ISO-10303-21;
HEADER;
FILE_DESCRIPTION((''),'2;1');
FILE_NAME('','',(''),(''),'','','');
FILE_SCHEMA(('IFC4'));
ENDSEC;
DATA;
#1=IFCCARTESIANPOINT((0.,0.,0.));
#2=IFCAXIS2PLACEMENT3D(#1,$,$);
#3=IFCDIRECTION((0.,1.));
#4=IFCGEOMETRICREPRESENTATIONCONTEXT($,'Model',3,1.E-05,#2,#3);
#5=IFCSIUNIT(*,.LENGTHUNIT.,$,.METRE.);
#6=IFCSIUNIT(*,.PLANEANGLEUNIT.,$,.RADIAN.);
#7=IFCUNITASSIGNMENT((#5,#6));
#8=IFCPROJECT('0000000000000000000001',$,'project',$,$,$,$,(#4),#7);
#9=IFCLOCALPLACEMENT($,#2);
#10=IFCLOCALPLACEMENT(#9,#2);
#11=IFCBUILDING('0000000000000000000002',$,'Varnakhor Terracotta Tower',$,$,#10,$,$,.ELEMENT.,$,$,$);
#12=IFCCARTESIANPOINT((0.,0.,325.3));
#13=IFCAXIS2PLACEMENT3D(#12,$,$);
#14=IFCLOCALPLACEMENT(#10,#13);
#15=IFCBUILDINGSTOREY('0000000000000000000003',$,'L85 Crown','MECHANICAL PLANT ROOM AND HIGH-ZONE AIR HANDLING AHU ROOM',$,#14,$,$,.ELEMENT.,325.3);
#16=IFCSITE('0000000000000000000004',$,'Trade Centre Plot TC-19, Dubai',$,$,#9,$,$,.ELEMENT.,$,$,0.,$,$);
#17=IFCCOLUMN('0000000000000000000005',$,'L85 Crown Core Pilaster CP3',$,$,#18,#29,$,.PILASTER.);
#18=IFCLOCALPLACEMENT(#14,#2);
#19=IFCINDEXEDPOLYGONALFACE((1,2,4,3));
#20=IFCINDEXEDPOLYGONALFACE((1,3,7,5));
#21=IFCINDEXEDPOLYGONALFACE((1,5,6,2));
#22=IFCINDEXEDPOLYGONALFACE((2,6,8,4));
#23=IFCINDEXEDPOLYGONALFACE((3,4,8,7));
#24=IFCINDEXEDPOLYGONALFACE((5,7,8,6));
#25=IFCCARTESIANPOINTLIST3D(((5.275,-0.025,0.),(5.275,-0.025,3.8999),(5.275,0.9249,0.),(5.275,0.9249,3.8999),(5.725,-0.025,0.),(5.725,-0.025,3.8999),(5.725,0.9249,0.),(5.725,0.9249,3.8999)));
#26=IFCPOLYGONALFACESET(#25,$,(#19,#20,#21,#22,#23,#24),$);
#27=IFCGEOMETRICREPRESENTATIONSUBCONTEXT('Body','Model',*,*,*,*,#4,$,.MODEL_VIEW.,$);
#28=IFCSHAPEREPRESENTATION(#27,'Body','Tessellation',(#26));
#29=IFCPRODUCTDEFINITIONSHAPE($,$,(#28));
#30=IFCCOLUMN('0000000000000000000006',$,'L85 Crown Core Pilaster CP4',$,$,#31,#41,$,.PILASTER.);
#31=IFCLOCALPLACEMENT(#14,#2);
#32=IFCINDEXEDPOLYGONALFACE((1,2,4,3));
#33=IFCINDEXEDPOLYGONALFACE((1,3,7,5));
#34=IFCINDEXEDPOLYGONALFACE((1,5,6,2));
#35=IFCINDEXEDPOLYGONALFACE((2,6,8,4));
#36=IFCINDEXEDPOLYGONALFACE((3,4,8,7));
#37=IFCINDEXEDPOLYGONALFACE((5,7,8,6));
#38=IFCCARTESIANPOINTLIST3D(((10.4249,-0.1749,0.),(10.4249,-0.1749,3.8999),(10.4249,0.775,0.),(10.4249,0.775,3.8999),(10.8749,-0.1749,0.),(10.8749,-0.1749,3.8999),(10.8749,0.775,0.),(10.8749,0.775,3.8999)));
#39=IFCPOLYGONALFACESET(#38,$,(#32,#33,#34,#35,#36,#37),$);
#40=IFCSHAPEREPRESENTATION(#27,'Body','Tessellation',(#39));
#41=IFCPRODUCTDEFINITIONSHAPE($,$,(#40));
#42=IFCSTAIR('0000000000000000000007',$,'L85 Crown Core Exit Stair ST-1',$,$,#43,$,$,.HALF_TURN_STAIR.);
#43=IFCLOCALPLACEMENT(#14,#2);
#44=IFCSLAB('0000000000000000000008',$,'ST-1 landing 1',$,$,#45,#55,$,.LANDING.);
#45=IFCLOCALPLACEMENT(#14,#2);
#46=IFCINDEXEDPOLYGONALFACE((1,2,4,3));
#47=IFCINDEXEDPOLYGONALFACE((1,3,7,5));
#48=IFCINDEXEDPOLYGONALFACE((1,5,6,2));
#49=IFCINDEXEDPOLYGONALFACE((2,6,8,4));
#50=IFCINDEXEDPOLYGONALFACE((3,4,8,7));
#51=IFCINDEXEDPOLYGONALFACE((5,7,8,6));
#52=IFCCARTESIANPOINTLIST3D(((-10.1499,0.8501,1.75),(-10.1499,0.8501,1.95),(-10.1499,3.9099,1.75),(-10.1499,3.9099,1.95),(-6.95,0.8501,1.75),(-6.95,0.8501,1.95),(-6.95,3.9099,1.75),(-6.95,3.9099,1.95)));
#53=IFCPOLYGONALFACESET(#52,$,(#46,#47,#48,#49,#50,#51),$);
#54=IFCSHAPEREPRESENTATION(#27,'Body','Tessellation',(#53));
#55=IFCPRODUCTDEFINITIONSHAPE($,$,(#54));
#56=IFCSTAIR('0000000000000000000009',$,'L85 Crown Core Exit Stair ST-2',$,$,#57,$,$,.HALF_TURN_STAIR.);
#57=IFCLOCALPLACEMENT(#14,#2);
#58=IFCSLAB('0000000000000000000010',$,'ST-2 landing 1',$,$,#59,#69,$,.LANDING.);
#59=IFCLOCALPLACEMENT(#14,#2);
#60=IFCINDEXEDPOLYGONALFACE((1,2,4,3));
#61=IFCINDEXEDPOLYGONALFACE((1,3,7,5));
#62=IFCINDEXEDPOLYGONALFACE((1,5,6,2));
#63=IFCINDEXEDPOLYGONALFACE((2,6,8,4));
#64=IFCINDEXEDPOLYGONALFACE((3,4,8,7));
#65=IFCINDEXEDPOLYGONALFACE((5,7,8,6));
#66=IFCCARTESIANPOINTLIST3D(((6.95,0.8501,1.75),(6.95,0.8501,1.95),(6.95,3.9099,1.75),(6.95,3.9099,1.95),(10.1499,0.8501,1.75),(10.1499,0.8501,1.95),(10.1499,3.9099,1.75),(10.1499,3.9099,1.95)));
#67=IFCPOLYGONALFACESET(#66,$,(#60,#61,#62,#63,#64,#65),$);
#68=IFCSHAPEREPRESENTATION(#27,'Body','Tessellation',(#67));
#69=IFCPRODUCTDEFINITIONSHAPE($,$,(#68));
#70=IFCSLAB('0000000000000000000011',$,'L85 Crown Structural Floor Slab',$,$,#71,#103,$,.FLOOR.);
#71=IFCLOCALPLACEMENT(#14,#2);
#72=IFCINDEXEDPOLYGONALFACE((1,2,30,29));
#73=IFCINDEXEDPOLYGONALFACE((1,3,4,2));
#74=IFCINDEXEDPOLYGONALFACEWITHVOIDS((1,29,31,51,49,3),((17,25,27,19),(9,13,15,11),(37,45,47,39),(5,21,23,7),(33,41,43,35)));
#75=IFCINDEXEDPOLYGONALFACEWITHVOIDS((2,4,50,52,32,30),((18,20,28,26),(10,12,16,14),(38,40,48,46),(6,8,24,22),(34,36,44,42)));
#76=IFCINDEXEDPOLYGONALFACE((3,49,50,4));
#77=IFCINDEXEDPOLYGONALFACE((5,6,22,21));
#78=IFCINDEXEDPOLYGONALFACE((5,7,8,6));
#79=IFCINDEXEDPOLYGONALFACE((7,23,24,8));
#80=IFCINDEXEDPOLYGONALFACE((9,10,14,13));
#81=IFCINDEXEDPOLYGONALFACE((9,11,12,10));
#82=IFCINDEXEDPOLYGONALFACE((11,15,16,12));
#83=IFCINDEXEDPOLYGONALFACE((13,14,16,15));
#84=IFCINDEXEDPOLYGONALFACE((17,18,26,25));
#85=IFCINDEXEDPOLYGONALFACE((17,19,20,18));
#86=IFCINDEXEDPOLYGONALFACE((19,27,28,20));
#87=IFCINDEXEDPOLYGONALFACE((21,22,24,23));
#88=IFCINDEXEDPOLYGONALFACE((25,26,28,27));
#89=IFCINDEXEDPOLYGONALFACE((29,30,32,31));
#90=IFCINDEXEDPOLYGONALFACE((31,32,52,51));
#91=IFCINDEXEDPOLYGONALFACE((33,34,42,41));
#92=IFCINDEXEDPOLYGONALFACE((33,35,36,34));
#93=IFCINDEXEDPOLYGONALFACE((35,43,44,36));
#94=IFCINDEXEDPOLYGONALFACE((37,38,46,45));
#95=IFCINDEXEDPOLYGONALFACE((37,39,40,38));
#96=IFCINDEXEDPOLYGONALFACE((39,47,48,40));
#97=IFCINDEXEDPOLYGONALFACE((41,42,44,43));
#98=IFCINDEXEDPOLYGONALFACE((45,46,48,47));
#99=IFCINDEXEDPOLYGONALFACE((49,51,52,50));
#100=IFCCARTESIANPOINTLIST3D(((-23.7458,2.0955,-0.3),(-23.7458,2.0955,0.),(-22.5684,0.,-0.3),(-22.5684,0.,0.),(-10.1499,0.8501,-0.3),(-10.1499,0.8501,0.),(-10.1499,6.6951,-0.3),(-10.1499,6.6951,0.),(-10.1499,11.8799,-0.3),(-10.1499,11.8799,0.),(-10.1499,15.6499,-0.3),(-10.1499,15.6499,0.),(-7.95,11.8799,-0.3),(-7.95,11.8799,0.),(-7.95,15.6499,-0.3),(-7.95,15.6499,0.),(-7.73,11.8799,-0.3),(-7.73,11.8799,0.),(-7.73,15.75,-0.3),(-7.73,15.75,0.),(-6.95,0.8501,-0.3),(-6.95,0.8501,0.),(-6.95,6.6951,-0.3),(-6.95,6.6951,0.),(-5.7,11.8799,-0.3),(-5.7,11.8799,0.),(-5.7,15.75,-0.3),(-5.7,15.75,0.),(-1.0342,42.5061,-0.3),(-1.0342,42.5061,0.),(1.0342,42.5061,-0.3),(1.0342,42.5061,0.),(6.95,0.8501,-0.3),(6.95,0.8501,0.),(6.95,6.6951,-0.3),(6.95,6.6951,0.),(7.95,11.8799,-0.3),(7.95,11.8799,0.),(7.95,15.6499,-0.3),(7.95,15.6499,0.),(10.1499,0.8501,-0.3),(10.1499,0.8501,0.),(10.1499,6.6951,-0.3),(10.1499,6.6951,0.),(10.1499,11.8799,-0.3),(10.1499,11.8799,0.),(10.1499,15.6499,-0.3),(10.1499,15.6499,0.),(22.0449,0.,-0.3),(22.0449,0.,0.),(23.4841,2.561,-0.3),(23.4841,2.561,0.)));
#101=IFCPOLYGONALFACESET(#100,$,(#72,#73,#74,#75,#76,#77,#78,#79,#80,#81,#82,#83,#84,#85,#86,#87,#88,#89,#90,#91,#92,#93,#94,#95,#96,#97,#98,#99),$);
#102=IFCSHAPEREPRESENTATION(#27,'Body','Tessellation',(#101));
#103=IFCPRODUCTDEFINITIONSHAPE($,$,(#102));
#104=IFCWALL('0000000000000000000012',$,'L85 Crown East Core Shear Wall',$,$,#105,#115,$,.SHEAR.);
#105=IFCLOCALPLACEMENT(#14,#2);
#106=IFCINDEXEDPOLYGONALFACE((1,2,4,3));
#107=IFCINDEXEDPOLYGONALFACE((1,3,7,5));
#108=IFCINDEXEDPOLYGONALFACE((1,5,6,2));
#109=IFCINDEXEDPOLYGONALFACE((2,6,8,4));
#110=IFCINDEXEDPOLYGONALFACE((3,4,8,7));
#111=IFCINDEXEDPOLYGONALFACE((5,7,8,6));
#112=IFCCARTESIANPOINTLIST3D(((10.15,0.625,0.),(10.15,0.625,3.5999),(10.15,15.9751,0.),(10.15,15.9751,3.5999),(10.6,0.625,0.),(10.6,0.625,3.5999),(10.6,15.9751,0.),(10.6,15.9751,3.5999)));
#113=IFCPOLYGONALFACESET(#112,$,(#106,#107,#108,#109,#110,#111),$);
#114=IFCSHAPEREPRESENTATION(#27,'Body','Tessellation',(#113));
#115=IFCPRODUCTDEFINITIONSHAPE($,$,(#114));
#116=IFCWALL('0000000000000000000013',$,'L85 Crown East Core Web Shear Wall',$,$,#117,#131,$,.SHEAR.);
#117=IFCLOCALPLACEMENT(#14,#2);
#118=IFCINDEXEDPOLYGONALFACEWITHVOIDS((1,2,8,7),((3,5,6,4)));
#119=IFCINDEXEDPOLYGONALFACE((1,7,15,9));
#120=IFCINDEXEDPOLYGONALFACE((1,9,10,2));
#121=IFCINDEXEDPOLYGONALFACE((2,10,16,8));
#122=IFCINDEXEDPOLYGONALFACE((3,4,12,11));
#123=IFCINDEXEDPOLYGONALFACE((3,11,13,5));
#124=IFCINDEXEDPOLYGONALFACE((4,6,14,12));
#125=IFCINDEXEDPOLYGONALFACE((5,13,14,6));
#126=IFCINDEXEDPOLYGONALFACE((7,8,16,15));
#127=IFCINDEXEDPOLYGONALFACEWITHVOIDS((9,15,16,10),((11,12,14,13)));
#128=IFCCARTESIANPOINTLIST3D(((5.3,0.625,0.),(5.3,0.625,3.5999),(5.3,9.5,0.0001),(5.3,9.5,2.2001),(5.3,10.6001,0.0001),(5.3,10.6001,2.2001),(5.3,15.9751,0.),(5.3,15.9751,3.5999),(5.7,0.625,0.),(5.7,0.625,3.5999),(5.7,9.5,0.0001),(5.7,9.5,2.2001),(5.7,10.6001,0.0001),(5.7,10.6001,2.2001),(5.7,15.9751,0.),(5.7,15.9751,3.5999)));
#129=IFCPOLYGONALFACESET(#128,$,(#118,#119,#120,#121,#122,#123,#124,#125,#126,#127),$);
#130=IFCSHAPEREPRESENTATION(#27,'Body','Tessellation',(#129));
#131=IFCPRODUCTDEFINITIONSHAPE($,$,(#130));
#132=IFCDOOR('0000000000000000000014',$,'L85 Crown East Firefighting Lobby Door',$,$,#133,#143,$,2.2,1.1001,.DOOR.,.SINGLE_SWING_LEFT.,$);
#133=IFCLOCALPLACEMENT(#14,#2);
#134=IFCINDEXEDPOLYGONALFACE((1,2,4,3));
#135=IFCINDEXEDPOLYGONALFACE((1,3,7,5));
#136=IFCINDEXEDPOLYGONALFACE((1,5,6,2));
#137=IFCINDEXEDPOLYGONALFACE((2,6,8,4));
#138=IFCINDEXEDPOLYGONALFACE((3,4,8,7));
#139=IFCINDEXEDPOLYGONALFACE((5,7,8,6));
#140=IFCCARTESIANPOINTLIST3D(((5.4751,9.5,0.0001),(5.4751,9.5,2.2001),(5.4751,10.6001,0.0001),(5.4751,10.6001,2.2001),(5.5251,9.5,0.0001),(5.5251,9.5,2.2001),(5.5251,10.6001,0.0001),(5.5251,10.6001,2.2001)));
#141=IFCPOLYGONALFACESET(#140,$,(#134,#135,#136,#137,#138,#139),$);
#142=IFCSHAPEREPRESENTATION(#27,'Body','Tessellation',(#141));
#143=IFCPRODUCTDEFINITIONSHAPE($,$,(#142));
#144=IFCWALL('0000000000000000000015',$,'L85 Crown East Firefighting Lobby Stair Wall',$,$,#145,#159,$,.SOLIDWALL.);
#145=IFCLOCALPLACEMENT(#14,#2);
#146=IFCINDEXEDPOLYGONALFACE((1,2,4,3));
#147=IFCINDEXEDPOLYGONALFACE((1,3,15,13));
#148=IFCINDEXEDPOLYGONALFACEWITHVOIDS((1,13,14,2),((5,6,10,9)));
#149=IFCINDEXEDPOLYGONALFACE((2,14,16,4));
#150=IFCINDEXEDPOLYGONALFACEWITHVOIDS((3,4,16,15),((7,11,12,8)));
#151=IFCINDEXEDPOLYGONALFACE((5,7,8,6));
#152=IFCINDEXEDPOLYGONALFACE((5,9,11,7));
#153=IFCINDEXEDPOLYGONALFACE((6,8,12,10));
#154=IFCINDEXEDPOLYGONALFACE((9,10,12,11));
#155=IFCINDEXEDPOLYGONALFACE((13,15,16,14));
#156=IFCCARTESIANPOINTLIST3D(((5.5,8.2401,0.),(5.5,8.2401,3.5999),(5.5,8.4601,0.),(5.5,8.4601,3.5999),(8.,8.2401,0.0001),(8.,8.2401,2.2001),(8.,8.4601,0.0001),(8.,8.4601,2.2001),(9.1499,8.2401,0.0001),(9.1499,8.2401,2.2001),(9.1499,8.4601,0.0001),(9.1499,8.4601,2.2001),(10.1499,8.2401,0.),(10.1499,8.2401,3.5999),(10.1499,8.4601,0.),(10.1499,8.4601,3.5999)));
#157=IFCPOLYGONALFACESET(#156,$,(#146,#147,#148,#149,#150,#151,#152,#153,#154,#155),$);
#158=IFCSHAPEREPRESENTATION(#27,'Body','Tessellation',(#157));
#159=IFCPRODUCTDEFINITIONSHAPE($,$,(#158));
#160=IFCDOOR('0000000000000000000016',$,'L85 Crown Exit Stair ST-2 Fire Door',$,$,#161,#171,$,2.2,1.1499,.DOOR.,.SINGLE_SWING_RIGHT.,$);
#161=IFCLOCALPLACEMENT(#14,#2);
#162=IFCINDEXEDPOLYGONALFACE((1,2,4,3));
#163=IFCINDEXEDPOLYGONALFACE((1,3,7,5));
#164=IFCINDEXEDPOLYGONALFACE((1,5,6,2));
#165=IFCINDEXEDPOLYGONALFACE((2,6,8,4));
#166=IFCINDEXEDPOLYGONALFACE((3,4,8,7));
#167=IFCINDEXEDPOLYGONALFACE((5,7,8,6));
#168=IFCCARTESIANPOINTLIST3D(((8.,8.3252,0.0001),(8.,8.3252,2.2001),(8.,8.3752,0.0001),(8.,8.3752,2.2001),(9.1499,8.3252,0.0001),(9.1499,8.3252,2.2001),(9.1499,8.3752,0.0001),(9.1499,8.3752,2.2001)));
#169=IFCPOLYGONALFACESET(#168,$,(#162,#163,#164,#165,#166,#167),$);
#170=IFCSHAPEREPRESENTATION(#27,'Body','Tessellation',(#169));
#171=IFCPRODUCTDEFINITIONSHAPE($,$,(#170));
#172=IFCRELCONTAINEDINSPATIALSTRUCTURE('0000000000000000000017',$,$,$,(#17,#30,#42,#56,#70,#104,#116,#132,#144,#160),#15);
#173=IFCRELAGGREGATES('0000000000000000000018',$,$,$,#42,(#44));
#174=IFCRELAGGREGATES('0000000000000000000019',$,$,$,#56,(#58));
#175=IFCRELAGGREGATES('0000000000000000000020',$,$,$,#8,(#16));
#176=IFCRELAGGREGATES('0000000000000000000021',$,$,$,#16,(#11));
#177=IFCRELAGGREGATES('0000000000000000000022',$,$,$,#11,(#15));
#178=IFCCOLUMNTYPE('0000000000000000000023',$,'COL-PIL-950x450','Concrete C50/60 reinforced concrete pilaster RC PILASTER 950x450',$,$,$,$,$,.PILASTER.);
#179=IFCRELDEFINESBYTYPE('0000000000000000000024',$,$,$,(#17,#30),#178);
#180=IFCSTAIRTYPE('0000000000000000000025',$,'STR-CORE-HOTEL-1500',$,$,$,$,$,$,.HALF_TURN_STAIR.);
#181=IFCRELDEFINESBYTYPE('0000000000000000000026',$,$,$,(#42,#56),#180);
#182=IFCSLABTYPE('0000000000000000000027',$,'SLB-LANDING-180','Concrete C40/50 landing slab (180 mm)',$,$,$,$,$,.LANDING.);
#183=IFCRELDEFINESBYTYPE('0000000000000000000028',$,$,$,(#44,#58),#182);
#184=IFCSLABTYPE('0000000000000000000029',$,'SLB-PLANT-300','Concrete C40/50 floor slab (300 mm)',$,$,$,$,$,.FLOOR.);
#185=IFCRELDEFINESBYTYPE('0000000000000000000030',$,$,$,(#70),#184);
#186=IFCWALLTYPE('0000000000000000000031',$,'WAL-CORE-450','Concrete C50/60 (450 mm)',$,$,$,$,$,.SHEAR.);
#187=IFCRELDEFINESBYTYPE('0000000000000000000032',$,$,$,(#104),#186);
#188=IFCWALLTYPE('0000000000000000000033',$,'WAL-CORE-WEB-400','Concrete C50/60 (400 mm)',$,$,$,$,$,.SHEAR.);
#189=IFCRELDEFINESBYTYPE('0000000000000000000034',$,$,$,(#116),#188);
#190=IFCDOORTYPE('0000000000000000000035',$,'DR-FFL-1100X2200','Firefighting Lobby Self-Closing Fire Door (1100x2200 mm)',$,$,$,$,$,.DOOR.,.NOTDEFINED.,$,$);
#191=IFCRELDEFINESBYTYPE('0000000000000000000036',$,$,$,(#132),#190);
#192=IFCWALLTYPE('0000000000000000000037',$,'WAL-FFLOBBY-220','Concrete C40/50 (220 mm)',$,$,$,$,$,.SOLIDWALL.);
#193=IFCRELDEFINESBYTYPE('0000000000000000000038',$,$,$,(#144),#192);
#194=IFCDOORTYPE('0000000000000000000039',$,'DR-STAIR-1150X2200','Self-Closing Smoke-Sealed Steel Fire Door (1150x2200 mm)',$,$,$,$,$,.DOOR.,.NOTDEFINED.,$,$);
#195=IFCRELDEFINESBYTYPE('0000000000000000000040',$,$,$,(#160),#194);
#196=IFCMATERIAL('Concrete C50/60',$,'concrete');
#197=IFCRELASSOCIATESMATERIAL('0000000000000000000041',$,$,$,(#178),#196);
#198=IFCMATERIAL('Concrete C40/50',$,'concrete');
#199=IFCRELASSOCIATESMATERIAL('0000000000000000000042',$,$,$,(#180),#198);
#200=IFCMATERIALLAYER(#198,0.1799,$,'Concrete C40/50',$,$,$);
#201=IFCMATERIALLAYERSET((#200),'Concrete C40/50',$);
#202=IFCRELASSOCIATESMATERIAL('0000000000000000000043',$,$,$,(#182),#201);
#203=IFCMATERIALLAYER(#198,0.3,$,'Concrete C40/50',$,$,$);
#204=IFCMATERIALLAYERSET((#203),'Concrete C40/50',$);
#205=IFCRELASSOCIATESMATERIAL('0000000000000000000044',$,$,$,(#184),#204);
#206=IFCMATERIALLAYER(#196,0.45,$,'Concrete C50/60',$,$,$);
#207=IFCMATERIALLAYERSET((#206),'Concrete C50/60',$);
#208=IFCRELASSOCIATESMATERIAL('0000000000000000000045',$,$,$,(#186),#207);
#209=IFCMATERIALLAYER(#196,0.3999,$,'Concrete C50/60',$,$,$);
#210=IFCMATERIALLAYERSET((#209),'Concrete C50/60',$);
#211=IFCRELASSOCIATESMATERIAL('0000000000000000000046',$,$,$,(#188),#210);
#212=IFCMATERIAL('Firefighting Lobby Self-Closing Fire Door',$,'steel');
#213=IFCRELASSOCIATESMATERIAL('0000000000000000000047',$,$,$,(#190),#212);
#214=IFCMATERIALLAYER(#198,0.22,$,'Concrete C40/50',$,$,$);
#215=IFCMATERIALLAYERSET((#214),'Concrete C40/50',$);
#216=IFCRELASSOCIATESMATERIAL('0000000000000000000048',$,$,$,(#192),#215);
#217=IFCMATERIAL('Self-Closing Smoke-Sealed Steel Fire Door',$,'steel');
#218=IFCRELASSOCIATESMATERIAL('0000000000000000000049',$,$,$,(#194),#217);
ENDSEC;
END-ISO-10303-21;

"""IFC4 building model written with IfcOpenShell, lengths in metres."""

from ifc_helpers import new_model, si_unit, direction, frame, frame_2d, origin, origin_2d, place, context, subcontext, project, spatial, polyline, rectangle, outline, extrude, source, transform, mapped, material, layer, layer_set, material_profile, profile_set, type_object, type_shapes, element, fill, aggregate, save


model = new_model("IFC4")

# Units and contexts
model_context = context("Model", 3, precision=1e-05, world=origin(), true_north=direction((0.0, 1.0)))
body_context = subcontext(model_context, "Body", "Model", "MODEL_VIEW")
ifc_project = project(units=[si_unit("LENGTHUNIT", "METRE"), si_unit("PLANEANGLEUNIT", "RADIAN")], contexts=[model_context])

# Site, building, storey
site_placement = place(None, origin())
site = spatial("IfcSite", under=ifc_project, at=site_placement, Name="Trade Centre Plot TC-19, Dubai", CompositionType="ELEMENT", RefElevation=0.0)
building_placement = place(site_placement, origin())
building = spatial("IfcBuilding", under=site, at=building_placement, Name="Varnakhor Terracotta Tower", CompositionType="ELEMENT")
storey_placement = place(building_placement, frame((0.0, 0.0, 325.3)))
storey = spatial("IfcBuildingStorey", under=building, at=storey_placement, Name="L85 Crown", Description="MECHANICAL PLANT ROOM AND HIGH-ZONE AIR HANDLING AHU ROOM", CompositionType="ELEMENT", Elevation=325.3)

# Columns
ifc_material_1 = material(Name="Concrete C50/60", Category="concrete")
ifc_material_profile = material_profile(ifc_material_1, rectangle(XDim=0.45, YDim=0.95, at=origin_2d()), Name="RC PILASTER 950x450")
ifc_profile_set = profile_set([ifc_material_profile], Name="Concrete C50/60")
column_type = type_object("IfcColumnType", Name="COL-PIL-950x450", Description="Concrete C50/60 reinforced concrete pilaster RC PILASTER 950x450", PredefinedType="PILASTER", material=ifc_profile_set)
shared_shape_1 = source(origin(), body_context, "Body", "SweptSolid", [
    extrude(rectangle(XDim=0.45, YDim=0.95, at=origin_2d()), origin(), (0.0, 0.0, 1.0), 3.8999),
])
for number, where, z_axis, x_axis, name in (
    (1, (5.5, 0.45, 0.0), (0.0, 0.0, 1.0), (1.0, 0.0, 0.0), "L85 Crown Core Pilaster CP3"),
    (2, (10.6499, 0.3, 0.0), (0.0, 0.0, 1.0), (1.0, 0.0, 0.0), "L85 Crown Core Pilaster CP4"),
):
    element("IfcColumn", number, at=place(storey_placement, frame(where, z_axis=z_axis, x_axis=x_axis)), inside=storey, type_object=column_type, Name=name, PredefinedType="PILASTER", context=body_context, shape_type="MappedRepresentation", body=[
        mapped(shared_shape_1, transform((0.0, 0.0, 0.0), scale=1.0)),
    ])

# Stairs, slabs
ifc_material_2 = material(Name="Concrete C40/50", Category="concrete")
stair_type = type_object("IfcStairType", Name="STR-CORE-HOTEL-1500", PredefinedType="HALF_TURN_STAIR", material=ifc_material_2)
stair_1_placement = place(storey_placement, origin())
stair_1 = element("IfcStair", 3, at=stair_1_placement, inside=storey, type_object=stair_type, Name="L85 Crown Core Exit Stair ST-1", PredefinedType="HALF_TURN_STAIR")
ifc_layer_1 = layer(ifc_material_2, 0.1799, Name="Concrete C40/50")
ifc_layer_set_1 = layer_set([ifc_layer_1], Name="Concrete C40/50")
slab_type_1 = type_object("IfcSlabType", Name="SLB-LANDING-180", Description="Concrete C40/50 landing slab (180 mm)", PredefinedType="LANDING", material=ifc_layer_set_1)
slab_1_placement = place(storey_placement, frame((0.0, 0.0, 1.75)))
slab_1 = element("IfcSlab", 4, at=slab_1_placement, type_object=slab_type_1, Name="ST-1 landing 1", PredefinedType="LANDING", context=body_context, shape_type="SweptSolid", body=[
    extrude(outline(polyline([(-10.1499, 3.9099), (-10.1499, 0.8501), (-6.95, 0.8501), (-6.95, 3.9099), (-10.1499, 3.9099)])), origin(), (0.0, 0.0, 1.0), 0.2),
])
aggregate(stair_1, [slab_1])
stair_2_placement = place(storey_placement, origin())
stair_2 = element("IfcStair", 5, at=stair_2_placement, inside=storey, type_object=stair_type, Name="L85 Crown Core Exit Stair ST-2", PredefinedType="HALF_TURN_STAIR")
slab_2_placement = place(storey_placement, frame((0.0, 0.0, 1.75)))
slab_2 = element("IfcSlab", 6, at=slab_2_placement, type_object=slab_type_1, Name="ST-2 landing 1", PredefinedType="LANDING", context=body_context, shape_type="SweptSolid", body=[
    extrude(outline(polyline([(6.95, 3.9099), (6.95, 0.8501), (10.1499, 0.8501), (10.1499, 3.9099), (6.95, 3.9099)])), origin(), (0.0, 0.0, 1.0), 0.2),
])

# Slab
ifc_layer_2 = layer(ifc_material_2, 0.3, Name="Concrete C40/50")
ifc_layer_set_2 = layer_set([ifc_layer_2], Name="Concrete C40/50")
slab_type_2 = type_object("IfcSlabType", Name="SLB-PLANT-300", Description="Concrete C40/50 floor slab (300 mm)", PredefinedType="FLOOR", material=ifc_layer_set_2)
slab_3_placement = place(storey_placement, frame((0.0, 0.0, -0.3)))
element("IfcSlab", 7, at=slab_3_placement, inside=storey, type_object=slab_type_2, Name="L85 Crown Structural Floor Slab", PredefinedType="FLOOR", context=body_context, shape_type="SweptSolid", body=[
    extrude(outline(polyline([(-1.0342, 42.5061), (1.0342, 42.5061), (23.4841, 2.561), (22.0449, 0.0), (-22.5684, 0.0), (-23.7458, 2.0955), (-1.0342, 42.5061)]), holes=[polyline([(-6.95, 6.6951), (-10.1499, 6.6951), (-10.1499, 0.8501), (-6.95, 0.8501), (-6.95, 6.6951)]), polyline([(10.1499, 6.6951), (6.95, 6.6951), (6.95, 0.8501), (10.1499, 0.8501), (10.1499, 6.6951)]), polyline([(-7.95, 15.6499), (-10.1499, 15.6499), (-10.1499, 11.8799), (-7.95, 11.8799), (-7.95, 15.6499)]), polyline([(10.1499, 11.8799), (10.1499, 15.6499), (7.95, 15.6499), (7.95, 11.8799), (10.1499, 11.8799)]), polyline([(-5.7, 11.8799), (-5.7, 15.75), (-7.73, 15.75), (-7.73, 11.8799), (-5.7, 11.8799)])]), origin(), (0.0, 0.0, 1.0), 0.3),
])

# Wall
ifc_layer_3 = layer(ifc_material_1, 0.45, Name="Concrete C50/60")
ifc_layer_set_3 = layer_set([ifc_layer_3], Name="Concrete C50/60")
wall_type_1 = type_object("IfcWallType", Name="WAL-CORE-450", Description="Concrete C50/60 (450 mm)", PredefinedType="SHEAR", material=ifc_layer_set_3)
wall_1_placement = place(storey_placement, frame((10.375, 0.625, 0.0), z_axis=(0.0, 0.0, 1.0), x_axis=(0.0, 1.0, 0.0)))
element("IfcWall", 8, at=wall_1_placement, inside=storey, type_object=wall_type_1, Name="L85 Crown East Core Shear Wall", PredefinedType="SHEAR", context=body_context, shape_type="SweptSolid", body=[
    extrude(rectangle(XDim=15.3501, YDim=0.45, at=frame_2d((7.675, 0.0))), origin(), (0.0, 0.0, 1.0), 3.5999),
])

# Walls, openings, doors
ifc_layer_4 = layer(ifc_material_1, 0.3999, Name="Concrete C50/60")
ifc_layer_set_4 = layer_set([ifc_layer_4], Name="Concrete C50/60")
wall_type_2 = type_object("IfcWallType", Name="WAL-CORE-WEB-400", Description="Concrete C50/60 (400 mm)", PredefinedType="SHEAR", material=ifc_layer_set_4)
wall_2_placement = place(storey_placement, frame((5.5, 0.625, 0.0), z_axis=(0.0, 0.0, 1.0), x_axis=(0.0, 1.0, 0.0)))
wall_2 = element("IfcWall", 9, at=wall_2_placement, inside=storey, type_object=wall_type_2, Name="L85 Crown East Core Web Shear Wall", PredefinedType="SHEAR", context=body_context, shape_type="SweptSolid", body=[
    extrude(rectangle(XDim=15.3501, YDim=0.3999, at=frame_2d((7.675, 0.0))), origin(), (0.0, 0.0, 1.0), 3.5999),
])
opening_1_placement = place(wall_2_placement, frame((8.875, 0.0, 0.0)))
opening_1 = element("IfcOpeningElement", 10, at=opening_1_placement, cuts=wall_2, PredefinedType="OPENING", context=body_context, shape_type="SweptSolid", body=[
    extrude(rectangle(XDim=1.1001, YDim=2.2, at=frame_2d((0.55, 1.1001))), frame((0.0, 0.21, 0.0), z_axis=(0.0, -1.0, 0.0), x_axis=(1.0, 0.0, 0.0)), (0.0, 0.0, 1.0), 0.4199),
])
ifc_material_3 = material(Name="Firefighting Lobby Self-Closing Fire Door", Category="steel")
door_type_1 = type_object("IfcDoorType", Name="DR-FFL-1100X2200", Description="Firefighting Lobby Self-Closing Fire Door (1100x2200 mm)", OperationType="NOTDEFINED", PredefinedType="DOOR", material=ifc_material_3)
shared_shape_2 = source(origin(), body_context, "Body", "SweptSolid", [
    extrude(rectangle(XDim=1.1001, YDim=2.2, at=frame_2d((0.55, 1.1001))), frame((0.0, 0.0249, 0.0), z_axis=(0.0, -1.0, 0.0), x_axis=(1.0, 0.0, 0.0)), (0.0, 0.0, 1.0), 0.05),
])
type_shapes(door_type_1, [shared_shape_2])
door_1_placement = place(opening_1_placement, origin())
door_1 = element("IfcDoor", 11, at=door_1_placement, inside=storey, type_object=door_type_1, Name="L85 Crown East Firefighting Lobby Door", OperationType="SINGLE_SWING_LEFT", OverallHeight=2.2, OverallWidth=1.1001, PredefinedType="DOOR", context=body_context, shape_type="MappedRepresentation", body=[
    mapped(shared_shape_2, transform((0.0, 0.0, 0.0), scale=1.0)),
])
fill(opening_1, door_1)
ifc_layer_5 = layer(ifc_material_2, 0.22, Name="Concrete C40/50")
ifc_layer_set_5 = layer_set([ifc_layer_5], Name="Concrete C40/50")
wall_type_3 = type_object("IfcWallType", Name="WAL-FFLOBBY-220", Description="Concrete C40/50 (220 mm)", PredefinedType="SOLIDWALL", material=ifc_layer_set_5)
wall_3_placement = place(storey_placement, frame((10.1499, 8.3501, 0.0), z_axis=(0.0, 0.0, 1.0), x_axis=(-1.0, 0.0, 0.0)))
wall_3 = element("IfcWall", 12, at=wall_3_placement, inside=storey, type_object=wall_type_3, Name="L85 Crown East Firefighting Lobby Stair Wall", PredefinedType="SOLIDWALL", context=body_context, shape_type="SweptSolid", body=[
    extrude(rectangle(XDim=4.6499, YDim=0.22, at=frame_2d((2.325, 0.0))), origin(), (0.0, 0.0, 1.0), 3.5999),
])
opening_2_placement = place(wall_3_placement, frame((1.0, 0.0, 0.0)))
opening_2 = element("IfcOpeningElement", 13, at=opening_2_placement, cuts=wall_3, PredefinedType="OPENING", context=body_context, shape_type="SweptSolid", body=[
    extrude(rectangle(XDim=1.1499, YDim=2.2, at=frame_2d((0.575, 1.1001))), frame((0.0, 0.1201, 0.0), z_axis=(0.0, -1.0, 0.0), x_axis=(1.0, 0.0, 0.0)), (0.0, 0.0, 1.0), 0.24),
])
ifc_material_4 = material(Name="Self-Closing Smoke-Sealed Steel Fire Door", Category="steel")
door_type_2 = type_object("IfcDoorType", Name="DR-STAIR-1150X2200", Description="Self-Closing Smoke-Sealed Steel Fire Door (1150x2200 mm)", OperationType="NOTDEFINED", PredefinedType="DOOR", material=ifc_material_4)
shared_shape_3 = source(origin(), body_context, "Body", "SweptSolid", [
    extrude(rectangle(XDim=1.1499, YDim=2.2, at=frame_2d((0.575, 1.1001))), frame((0.0, 0.0249, 0.0), z_axis=(0.0, -1.0, 0.0), x_axis=(1.0, 0.0, 0.0)), (0.0, 0.0, 1.0), 0.05),
])
type_shapes(door_type_2, [shared_shape_3])
door_2_placement = place(opening_2_placement, origin())
door_2 = element("IfcDoor", 14, at=door_2_placement, inside=storey, type_object=door_type_2, Name="L85 Crown Exit Stair ST-2 Fire Door", OperationType="SINGLE_SWING_RIGHT", OverallHeight=2.2, OverallWidth=1.1499, PredefinedType="DOOR", context=body_context, shape_type="MappedRepresentation", body=[
    mapped(shared_shape_3, transform((0.0, 0.0, 0.0), scale=1.0)),
])
fill(opening_2, door_2)

aggregate(stair_2, [slab_2])

save(model, "model.ifc")
